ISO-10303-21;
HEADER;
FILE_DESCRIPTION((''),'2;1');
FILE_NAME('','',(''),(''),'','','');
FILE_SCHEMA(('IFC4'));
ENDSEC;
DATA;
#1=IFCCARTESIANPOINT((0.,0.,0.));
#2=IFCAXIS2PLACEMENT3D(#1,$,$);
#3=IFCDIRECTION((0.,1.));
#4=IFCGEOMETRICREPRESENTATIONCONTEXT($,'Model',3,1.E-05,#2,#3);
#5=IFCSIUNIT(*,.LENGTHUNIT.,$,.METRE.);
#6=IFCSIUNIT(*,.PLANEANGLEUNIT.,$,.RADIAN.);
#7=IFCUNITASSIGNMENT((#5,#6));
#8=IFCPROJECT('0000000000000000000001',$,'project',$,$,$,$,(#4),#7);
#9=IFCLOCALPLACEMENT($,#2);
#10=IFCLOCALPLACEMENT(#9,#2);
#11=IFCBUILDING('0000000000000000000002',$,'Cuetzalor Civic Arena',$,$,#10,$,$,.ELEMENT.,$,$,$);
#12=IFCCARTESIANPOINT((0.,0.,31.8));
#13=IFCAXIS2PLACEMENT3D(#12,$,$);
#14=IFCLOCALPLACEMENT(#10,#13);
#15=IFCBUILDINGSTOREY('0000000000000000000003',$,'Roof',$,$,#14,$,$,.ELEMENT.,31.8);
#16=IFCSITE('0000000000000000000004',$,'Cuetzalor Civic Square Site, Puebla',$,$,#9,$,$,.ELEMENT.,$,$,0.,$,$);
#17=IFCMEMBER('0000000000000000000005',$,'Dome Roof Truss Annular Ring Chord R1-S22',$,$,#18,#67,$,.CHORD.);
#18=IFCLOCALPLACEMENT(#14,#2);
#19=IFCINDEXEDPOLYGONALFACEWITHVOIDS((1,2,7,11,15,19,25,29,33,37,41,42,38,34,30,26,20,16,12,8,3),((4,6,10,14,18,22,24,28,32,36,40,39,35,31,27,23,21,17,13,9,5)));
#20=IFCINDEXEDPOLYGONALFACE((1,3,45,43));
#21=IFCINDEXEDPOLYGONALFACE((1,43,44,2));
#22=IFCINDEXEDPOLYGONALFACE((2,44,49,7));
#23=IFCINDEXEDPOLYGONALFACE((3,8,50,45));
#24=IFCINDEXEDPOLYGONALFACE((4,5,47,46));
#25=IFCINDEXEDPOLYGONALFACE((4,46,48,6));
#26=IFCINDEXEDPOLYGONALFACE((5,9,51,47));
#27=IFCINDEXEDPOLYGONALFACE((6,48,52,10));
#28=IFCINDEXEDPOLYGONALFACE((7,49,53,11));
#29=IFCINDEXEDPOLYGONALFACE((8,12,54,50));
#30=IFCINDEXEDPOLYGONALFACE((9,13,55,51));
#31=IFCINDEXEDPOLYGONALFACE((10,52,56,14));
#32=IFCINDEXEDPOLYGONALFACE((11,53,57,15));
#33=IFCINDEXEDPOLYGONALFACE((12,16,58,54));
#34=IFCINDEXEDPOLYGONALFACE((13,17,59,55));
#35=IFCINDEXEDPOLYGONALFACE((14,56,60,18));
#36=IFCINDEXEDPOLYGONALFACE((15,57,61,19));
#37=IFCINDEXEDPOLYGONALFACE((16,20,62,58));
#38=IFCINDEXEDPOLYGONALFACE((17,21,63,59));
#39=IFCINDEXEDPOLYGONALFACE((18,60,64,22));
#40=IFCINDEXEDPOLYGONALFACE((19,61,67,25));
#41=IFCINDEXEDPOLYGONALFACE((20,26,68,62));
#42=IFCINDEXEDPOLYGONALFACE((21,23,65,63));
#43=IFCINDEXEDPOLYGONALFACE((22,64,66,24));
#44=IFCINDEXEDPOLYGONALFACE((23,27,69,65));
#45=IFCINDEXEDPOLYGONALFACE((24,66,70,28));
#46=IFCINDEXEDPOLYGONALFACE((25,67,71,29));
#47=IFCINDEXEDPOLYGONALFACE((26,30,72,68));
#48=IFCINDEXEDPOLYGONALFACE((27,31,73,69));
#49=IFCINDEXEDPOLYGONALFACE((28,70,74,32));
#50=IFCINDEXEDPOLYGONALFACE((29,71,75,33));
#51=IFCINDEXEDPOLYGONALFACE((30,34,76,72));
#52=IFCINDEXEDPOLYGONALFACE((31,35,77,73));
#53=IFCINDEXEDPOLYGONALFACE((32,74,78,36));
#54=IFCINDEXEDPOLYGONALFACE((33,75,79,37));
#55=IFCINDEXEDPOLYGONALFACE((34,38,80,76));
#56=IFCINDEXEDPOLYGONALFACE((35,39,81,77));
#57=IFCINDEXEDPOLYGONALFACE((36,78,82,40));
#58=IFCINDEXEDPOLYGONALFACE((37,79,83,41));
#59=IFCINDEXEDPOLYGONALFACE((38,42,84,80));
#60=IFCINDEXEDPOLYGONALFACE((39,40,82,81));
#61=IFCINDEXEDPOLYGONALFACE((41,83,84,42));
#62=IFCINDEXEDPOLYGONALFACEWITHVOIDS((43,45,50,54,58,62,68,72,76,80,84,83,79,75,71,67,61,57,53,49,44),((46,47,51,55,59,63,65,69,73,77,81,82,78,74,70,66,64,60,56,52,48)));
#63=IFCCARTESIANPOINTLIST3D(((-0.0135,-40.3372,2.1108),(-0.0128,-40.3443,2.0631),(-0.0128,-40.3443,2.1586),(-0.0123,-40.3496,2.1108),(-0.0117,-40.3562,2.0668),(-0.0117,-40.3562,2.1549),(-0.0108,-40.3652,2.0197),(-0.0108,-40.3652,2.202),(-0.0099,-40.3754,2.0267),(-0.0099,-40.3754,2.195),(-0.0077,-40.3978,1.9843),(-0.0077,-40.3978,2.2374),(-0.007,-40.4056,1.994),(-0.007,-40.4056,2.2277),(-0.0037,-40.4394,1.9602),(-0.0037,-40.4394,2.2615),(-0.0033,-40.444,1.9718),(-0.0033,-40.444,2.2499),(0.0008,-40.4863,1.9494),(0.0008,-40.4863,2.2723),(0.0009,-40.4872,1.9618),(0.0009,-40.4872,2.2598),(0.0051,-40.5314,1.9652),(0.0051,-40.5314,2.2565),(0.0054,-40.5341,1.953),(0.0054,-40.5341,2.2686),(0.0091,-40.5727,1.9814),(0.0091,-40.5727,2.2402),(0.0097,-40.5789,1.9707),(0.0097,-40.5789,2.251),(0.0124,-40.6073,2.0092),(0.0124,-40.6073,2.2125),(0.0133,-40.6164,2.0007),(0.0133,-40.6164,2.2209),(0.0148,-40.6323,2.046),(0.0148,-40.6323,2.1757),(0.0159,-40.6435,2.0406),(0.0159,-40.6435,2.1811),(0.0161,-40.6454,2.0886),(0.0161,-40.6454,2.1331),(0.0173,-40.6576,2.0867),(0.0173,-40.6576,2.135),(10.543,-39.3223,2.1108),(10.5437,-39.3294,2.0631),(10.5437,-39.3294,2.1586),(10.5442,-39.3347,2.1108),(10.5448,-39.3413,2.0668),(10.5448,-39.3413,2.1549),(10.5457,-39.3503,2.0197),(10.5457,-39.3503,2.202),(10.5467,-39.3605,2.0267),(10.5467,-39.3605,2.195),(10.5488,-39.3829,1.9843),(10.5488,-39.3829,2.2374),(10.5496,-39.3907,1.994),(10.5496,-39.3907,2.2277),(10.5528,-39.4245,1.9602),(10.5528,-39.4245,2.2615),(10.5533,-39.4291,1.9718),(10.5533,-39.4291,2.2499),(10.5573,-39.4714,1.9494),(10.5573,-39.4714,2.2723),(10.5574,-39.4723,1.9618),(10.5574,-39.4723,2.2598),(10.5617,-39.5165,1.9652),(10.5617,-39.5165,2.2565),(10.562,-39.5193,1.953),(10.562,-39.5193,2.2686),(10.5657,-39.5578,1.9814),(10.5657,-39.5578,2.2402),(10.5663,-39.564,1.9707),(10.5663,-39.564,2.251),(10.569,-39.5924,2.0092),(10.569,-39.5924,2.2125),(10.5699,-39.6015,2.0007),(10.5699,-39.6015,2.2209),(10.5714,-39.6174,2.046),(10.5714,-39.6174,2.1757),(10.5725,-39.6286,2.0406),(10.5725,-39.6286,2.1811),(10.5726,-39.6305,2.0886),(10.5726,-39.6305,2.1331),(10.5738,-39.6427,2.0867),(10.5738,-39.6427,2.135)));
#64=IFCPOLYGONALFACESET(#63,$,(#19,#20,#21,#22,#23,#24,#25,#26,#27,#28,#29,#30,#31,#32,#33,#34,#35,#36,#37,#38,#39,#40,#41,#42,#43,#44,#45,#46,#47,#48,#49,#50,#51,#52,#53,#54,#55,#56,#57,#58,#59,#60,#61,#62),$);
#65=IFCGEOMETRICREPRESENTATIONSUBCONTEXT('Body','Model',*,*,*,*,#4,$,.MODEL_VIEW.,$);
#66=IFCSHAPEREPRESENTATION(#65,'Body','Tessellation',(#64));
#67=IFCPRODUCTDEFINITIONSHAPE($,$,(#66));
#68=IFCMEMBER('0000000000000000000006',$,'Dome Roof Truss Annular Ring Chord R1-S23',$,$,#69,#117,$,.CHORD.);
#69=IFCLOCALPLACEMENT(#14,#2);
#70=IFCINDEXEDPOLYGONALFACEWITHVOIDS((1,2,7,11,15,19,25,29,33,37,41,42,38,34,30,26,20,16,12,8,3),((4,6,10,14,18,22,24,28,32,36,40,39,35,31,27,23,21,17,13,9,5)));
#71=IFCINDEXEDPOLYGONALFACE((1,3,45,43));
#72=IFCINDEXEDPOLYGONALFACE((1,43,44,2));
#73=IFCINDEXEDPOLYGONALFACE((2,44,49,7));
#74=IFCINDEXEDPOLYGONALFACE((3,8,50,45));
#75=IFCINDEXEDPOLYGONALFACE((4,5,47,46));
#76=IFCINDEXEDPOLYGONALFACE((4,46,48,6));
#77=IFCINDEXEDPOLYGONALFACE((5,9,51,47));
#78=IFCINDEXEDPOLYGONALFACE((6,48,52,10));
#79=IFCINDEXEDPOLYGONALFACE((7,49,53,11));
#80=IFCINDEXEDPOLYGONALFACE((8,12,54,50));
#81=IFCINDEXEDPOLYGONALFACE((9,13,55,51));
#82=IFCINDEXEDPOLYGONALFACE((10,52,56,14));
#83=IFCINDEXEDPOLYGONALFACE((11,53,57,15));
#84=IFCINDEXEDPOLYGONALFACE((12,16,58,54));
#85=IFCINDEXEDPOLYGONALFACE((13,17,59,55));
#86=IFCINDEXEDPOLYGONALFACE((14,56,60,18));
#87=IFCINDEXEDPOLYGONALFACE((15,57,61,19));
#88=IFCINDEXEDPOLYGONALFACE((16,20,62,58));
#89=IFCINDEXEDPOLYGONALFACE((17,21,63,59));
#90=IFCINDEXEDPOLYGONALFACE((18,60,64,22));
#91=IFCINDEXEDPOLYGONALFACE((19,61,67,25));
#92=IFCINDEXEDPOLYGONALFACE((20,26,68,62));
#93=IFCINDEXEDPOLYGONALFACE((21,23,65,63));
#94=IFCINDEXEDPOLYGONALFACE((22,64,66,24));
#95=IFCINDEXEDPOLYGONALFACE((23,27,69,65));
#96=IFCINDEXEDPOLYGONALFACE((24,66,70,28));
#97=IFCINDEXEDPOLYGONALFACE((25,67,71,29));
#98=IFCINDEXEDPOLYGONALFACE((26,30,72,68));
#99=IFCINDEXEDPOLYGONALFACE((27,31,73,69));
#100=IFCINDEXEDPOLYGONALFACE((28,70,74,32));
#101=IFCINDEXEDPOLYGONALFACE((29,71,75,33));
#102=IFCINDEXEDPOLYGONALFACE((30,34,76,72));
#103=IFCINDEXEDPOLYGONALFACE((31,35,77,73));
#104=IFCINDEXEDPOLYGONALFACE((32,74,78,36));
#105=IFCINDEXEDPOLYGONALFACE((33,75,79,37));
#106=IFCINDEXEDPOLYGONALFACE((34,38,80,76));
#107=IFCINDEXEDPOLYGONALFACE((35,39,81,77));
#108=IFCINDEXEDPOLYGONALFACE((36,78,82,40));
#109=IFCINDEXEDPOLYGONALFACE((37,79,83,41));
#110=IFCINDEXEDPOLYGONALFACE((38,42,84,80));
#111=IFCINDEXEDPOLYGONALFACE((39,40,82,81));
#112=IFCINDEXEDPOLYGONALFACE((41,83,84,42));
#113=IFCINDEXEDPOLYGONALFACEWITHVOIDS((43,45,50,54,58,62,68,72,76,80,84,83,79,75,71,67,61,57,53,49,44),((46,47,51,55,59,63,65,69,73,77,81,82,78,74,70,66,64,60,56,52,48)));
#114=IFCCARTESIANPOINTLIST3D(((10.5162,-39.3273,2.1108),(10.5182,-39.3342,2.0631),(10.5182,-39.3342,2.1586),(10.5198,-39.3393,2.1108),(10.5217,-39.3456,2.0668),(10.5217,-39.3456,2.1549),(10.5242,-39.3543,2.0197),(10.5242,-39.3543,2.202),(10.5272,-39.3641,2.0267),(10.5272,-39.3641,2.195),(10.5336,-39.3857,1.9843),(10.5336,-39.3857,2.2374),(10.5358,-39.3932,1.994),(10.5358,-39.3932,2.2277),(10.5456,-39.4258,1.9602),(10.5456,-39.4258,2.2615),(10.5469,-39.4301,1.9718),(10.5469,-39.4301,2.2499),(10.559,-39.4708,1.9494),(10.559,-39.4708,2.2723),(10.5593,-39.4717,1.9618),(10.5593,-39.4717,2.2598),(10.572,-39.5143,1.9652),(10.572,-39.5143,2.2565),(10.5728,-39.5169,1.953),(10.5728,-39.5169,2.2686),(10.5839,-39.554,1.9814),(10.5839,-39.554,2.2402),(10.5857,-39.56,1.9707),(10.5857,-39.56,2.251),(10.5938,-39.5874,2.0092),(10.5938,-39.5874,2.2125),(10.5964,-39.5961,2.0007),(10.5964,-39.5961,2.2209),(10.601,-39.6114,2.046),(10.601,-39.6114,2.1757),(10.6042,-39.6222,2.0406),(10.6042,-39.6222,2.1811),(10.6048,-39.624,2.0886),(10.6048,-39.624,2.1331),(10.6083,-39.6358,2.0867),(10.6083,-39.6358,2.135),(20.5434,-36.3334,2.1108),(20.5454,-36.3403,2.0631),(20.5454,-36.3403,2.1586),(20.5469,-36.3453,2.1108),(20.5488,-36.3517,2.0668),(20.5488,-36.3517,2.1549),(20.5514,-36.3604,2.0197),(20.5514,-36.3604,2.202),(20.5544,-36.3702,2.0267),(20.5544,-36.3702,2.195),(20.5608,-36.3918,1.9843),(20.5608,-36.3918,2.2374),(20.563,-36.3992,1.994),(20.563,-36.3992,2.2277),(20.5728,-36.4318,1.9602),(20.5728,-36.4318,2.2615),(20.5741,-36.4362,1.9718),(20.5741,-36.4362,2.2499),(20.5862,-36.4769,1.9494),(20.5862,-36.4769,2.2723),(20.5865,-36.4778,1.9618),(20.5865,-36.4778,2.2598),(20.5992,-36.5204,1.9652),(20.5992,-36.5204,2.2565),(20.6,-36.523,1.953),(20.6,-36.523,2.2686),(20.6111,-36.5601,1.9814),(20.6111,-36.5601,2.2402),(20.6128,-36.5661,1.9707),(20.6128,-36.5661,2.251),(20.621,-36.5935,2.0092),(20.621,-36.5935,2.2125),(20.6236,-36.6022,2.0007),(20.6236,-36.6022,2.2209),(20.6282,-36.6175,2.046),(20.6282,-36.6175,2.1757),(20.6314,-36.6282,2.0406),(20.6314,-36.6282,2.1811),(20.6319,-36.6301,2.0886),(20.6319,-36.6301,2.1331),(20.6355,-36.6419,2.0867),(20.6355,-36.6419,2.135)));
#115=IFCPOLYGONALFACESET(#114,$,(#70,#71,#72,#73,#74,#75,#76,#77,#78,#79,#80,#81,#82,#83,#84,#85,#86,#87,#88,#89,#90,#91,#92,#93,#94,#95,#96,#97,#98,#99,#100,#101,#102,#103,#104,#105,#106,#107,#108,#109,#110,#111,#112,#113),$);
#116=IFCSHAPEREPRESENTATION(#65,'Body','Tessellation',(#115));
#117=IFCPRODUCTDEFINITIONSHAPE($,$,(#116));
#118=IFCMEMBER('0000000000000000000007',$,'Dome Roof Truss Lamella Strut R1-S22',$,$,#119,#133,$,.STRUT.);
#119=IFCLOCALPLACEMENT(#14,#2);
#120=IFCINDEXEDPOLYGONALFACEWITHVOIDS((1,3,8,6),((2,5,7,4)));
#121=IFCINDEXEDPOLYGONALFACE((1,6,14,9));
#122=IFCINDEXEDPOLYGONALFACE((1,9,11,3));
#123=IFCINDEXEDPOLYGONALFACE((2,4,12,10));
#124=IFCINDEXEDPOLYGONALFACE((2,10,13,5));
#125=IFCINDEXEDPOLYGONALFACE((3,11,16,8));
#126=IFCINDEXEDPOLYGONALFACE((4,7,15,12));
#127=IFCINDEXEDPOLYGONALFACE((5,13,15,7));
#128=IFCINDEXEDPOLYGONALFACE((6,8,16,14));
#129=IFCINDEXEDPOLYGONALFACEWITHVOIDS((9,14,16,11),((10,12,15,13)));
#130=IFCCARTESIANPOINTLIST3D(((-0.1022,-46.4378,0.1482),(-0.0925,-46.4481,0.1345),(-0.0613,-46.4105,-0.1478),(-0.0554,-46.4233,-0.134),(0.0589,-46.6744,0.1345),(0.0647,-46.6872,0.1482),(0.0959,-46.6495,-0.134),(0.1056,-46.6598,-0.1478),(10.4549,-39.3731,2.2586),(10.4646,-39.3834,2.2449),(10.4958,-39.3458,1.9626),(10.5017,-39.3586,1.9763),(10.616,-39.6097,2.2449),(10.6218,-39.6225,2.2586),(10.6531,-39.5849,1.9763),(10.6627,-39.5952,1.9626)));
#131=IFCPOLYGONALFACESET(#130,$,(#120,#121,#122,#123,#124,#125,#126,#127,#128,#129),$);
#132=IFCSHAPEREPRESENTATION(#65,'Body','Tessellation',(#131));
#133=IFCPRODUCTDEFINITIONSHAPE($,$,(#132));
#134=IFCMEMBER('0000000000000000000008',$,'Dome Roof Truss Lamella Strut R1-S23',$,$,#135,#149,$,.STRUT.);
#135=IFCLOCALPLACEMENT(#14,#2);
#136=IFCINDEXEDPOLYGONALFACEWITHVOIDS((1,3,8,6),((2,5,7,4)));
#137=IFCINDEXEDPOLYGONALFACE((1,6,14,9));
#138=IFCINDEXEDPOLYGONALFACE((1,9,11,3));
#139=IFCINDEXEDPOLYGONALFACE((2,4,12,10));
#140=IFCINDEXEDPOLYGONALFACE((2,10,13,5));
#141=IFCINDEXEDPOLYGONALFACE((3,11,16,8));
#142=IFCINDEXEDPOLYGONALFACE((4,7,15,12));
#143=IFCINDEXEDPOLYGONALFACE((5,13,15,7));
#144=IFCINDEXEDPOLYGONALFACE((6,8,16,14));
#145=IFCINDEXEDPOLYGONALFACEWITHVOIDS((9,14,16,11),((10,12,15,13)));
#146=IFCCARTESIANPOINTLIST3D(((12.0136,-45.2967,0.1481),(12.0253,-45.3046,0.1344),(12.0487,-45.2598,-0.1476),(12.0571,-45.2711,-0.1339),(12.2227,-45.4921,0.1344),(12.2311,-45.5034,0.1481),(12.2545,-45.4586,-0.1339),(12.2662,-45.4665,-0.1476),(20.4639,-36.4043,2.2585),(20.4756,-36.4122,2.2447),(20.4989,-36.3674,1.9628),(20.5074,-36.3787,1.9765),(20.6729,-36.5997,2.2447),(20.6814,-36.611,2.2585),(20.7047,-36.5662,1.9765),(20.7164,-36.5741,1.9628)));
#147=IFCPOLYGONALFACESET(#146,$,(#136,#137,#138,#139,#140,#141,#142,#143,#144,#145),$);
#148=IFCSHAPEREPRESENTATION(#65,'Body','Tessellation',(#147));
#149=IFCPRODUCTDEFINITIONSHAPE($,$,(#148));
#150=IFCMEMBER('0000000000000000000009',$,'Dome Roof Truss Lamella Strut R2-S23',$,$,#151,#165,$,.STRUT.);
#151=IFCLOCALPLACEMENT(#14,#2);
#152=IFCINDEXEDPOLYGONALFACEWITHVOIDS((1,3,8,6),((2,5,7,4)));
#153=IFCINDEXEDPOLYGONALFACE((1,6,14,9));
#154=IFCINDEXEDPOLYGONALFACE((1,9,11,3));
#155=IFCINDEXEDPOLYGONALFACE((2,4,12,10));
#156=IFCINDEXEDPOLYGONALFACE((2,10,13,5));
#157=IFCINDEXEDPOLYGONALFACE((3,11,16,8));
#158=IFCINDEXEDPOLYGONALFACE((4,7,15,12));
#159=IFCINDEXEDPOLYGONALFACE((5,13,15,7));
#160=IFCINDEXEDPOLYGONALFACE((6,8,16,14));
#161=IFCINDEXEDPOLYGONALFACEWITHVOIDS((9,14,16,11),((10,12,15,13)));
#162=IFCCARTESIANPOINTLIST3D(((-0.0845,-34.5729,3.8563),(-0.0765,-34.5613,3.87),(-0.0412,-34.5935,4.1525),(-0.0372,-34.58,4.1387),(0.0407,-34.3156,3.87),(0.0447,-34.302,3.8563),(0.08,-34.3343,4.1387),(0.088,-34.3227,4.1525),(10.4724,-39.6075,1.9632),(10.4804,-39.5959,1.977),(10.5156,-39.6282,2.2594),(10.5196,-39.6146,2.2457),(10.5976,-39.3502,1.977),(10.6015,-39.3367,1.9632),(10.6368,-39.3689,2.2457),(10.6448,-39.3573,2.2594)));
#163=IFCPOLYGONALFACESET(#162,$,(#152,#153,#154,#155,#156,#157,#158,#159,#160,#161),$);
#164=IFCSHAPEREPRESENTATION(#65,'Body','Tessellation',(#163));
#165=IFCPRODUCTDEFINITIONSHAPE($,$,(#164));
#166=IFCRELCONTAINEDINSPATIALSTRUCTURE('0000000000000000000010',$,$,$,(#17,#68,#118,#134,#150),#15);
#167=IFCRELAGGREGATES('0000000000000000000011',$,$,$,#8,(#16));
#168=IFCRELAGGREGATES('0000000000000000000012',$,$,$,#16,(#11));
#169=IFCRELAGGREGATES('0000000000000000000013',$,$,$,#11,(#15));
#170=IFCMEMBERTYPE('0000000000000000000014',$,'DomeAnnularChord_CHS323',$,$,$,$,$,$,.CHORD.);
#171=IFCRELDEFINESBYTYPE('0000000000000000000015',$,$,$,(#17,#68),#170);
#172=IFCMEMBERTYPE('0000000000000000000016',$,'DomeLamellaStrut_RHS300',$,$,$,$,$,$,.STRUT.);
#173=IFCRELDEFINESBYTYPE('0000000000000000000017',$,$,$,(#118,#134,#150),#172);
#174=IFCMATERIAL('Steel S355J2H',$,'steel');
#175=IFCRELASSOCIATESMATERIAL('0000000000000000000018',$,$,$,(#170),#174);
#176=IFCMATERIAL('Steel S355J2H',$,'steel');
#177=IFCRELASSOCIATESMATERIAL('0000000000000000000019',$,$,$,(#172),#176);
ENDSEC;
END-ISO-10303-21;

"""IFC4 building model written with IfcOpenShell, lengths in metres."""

from ifc_helpers import new_model, si_unit, direction, frame, origin, origin_2d, place, context, subcontext, project, spatial, hollow_rectangle, hollow_circle, extrude, material, material_profile, profile_set, type_object, element, save


model = new_model("IFC4")

# Units and contexts
model_context = context("Model", 3, precision=1e-05, world=origin(), true_north=direction((0.0, 1.0)))
body_context = subcontext(model_context, "Body", "Model", "MODEL_VIEW")
ifc_project = project(units=[si_unit("LENGTHUNIT", "METRE"), si_unit("PLANEANGLEUNIT", "RADIAN")], contexts=[model_context])

# Site, building, storey
site_placement = place(None, origin())
site = spatial("IfcSite", under=ifc_project, at=site_placement, Name="Cuetzalor Civic Square Site, Puebla", CompositionType="ELEMENT", RefElevation=0.0)
building_placement = place(site_placement, origin())
building = spatial("IfcBuilding", under=site, at=building_placement, Name="Cuetzalor Civic Arena", CompositionType="ELEMENT")
storey_placement = place(building_placement, frame((0.0, 0.0, 31.8)))
storey = spatial("IfcBuildingStorey", under=building, at=storey_placement, Name="Roof", CompositionType="ELEMENT", Elevation=31.8)

# Members
ifc_material_1 = material(Name="Steel S355J2H", Category="steel")
ifc_material_profile_1 = material_profile(ifc_material_1, hollow_circle(Radius=0.1619, WallThickness=0.0125, at=origin_2d()), Name="CHS 323.9x12.5")
ifc_profile_set_1 = profile_set([ifc_material_profile_1], Name="Steel S355J2H")
member_type_1 = type_object("IfcMemberType", Name="DomeAnnularChord_CHS323", PredefinedType="CHORD", material=ifc_profile_set_1)
member_1_placement = place(storey_placement, frame((0.002, -40.4983, 2.1108), z_axis=(0.995411, 0.095697, 0.0), x_axis=(-0.095697, 0.995411, 0.0)))
element("IfcMember", 1, at=member_1_placement, inside=storey, type_object=member_type_1, Name="Dome Roof Truss Annular Ring Chord R1-S22", PredefinedType="CHORD", context=body_context, shape_type="SweptSolid", body=[
    extrude(hollow_circle(Radius=0.1619, WallThickness=0.0125, at=origin_2d()), origin(), (0.0, 0.0, 1.0), 10.6052),
])
member_2_placement = place(storey_placement, frame((10.5625, -39.4824, 2.1108), z_axis=(0.9582, 0.2861, 0.0), x_axis=(-0.2861, 0.9582, 0.0)))
element("IfcMember", 2, at=member_2_placement, inside=storey, type_object=member_type_1, Name="Dome Roof Truss Annular Ring Chord R1-S23", PredefinedType="CHORD", context=body_context, shape_type="SweptSolid", body=[
    extrude(hollow_circle(Radius=0.1619, WallThickness=0.0125, at=origin_2d()), origin(), (0.0, 0.0, 1.0), 10.4646),
])
ifc_material_2 = material(Name="Steel S355J2H", Category="steel")
ifc_material_profile_2 = material_profile(ifc_material_2, hollow_rectangle(XDim=0.3, YDim=0.3, WallThickness=0.0139, at=origin_2d()), Name="RHS 300x300x14")
ifc_profile_set_2 = profile_set([ifc_material_profile_2], Name="Steel S355J2H")
member_type_2 = type_object("IfcMemberType", Name="DomeLamellaStrut_RHS300", PredefinedType="STRUT", material=ifc_profile_set_2)
member_3_placement = place(storey_placement, frame((0.0017, -46.5488, 0.0002), z_axis=(0.819845, 0.54863, 0.163886), x_axis=(-0.55615, 0.831082, 0.0)))
element("IfcMember", 3, at=member_3_placement, inside=storey, type_object=member_type_2, Name="Dome Roof Truss Lamella Strut R1-S22", PredefinedType="STRUT", context=body_context, shape_type="SweptSolid", body=[
    extrude(hollow_rectangle(XDim=0.3, YDim=0.3, WallThickness=0.0139, at=origin_2d()), origin(), (0.0, 0.0, 1.0), 12.877),
])
member_4_placement = place(storey_placement, frame((12.1399, -45.3816, 0.0002), z_axis=(0.678883, 0.714404, 0.169544), x_axis=(-0.724899, 0.688856, 0.0)))
element("IfcMember", 4, at=member_4_placement, inside=storey, type_object=member_type_2, Name="Dome Roof Truss Lamella Strut R1-S23", PredefinedType="STRUT", context=body_context, shape_type="SweptSolid", body=[
    extrude(hollow_rectangle(XDim=0.3, YDim=0.3, WallThickness=0.0139, at=origin_2d()), origin(), (0.0, 0.0, 1.0), 12.4473),
])
member_5_placement = place(storey_placement, frame((10.5586, -39.4824, 2.1113), z_axis=(-0.891013, 0.424932, 0.159777), x_axis=(-0.430462, -0.902609, 0.0)))
element("IfcMember", 5, at=member_5_placement, inside=storey, type_object=member_type_2, Name="Dome Roof Truss Lamella Strut R2-S23", PredefinedType="STRUT", context=body_context, shape_type="SweptSolid", body=[
    extrude(hollow_rectangle(XDim=0.3, YDim=0.3, WallThickness=0.0139, at=origin_2d()), origin(), (0.0, 0.0, 1.0), 11.8481),
])

save(model, "model.ifc")
